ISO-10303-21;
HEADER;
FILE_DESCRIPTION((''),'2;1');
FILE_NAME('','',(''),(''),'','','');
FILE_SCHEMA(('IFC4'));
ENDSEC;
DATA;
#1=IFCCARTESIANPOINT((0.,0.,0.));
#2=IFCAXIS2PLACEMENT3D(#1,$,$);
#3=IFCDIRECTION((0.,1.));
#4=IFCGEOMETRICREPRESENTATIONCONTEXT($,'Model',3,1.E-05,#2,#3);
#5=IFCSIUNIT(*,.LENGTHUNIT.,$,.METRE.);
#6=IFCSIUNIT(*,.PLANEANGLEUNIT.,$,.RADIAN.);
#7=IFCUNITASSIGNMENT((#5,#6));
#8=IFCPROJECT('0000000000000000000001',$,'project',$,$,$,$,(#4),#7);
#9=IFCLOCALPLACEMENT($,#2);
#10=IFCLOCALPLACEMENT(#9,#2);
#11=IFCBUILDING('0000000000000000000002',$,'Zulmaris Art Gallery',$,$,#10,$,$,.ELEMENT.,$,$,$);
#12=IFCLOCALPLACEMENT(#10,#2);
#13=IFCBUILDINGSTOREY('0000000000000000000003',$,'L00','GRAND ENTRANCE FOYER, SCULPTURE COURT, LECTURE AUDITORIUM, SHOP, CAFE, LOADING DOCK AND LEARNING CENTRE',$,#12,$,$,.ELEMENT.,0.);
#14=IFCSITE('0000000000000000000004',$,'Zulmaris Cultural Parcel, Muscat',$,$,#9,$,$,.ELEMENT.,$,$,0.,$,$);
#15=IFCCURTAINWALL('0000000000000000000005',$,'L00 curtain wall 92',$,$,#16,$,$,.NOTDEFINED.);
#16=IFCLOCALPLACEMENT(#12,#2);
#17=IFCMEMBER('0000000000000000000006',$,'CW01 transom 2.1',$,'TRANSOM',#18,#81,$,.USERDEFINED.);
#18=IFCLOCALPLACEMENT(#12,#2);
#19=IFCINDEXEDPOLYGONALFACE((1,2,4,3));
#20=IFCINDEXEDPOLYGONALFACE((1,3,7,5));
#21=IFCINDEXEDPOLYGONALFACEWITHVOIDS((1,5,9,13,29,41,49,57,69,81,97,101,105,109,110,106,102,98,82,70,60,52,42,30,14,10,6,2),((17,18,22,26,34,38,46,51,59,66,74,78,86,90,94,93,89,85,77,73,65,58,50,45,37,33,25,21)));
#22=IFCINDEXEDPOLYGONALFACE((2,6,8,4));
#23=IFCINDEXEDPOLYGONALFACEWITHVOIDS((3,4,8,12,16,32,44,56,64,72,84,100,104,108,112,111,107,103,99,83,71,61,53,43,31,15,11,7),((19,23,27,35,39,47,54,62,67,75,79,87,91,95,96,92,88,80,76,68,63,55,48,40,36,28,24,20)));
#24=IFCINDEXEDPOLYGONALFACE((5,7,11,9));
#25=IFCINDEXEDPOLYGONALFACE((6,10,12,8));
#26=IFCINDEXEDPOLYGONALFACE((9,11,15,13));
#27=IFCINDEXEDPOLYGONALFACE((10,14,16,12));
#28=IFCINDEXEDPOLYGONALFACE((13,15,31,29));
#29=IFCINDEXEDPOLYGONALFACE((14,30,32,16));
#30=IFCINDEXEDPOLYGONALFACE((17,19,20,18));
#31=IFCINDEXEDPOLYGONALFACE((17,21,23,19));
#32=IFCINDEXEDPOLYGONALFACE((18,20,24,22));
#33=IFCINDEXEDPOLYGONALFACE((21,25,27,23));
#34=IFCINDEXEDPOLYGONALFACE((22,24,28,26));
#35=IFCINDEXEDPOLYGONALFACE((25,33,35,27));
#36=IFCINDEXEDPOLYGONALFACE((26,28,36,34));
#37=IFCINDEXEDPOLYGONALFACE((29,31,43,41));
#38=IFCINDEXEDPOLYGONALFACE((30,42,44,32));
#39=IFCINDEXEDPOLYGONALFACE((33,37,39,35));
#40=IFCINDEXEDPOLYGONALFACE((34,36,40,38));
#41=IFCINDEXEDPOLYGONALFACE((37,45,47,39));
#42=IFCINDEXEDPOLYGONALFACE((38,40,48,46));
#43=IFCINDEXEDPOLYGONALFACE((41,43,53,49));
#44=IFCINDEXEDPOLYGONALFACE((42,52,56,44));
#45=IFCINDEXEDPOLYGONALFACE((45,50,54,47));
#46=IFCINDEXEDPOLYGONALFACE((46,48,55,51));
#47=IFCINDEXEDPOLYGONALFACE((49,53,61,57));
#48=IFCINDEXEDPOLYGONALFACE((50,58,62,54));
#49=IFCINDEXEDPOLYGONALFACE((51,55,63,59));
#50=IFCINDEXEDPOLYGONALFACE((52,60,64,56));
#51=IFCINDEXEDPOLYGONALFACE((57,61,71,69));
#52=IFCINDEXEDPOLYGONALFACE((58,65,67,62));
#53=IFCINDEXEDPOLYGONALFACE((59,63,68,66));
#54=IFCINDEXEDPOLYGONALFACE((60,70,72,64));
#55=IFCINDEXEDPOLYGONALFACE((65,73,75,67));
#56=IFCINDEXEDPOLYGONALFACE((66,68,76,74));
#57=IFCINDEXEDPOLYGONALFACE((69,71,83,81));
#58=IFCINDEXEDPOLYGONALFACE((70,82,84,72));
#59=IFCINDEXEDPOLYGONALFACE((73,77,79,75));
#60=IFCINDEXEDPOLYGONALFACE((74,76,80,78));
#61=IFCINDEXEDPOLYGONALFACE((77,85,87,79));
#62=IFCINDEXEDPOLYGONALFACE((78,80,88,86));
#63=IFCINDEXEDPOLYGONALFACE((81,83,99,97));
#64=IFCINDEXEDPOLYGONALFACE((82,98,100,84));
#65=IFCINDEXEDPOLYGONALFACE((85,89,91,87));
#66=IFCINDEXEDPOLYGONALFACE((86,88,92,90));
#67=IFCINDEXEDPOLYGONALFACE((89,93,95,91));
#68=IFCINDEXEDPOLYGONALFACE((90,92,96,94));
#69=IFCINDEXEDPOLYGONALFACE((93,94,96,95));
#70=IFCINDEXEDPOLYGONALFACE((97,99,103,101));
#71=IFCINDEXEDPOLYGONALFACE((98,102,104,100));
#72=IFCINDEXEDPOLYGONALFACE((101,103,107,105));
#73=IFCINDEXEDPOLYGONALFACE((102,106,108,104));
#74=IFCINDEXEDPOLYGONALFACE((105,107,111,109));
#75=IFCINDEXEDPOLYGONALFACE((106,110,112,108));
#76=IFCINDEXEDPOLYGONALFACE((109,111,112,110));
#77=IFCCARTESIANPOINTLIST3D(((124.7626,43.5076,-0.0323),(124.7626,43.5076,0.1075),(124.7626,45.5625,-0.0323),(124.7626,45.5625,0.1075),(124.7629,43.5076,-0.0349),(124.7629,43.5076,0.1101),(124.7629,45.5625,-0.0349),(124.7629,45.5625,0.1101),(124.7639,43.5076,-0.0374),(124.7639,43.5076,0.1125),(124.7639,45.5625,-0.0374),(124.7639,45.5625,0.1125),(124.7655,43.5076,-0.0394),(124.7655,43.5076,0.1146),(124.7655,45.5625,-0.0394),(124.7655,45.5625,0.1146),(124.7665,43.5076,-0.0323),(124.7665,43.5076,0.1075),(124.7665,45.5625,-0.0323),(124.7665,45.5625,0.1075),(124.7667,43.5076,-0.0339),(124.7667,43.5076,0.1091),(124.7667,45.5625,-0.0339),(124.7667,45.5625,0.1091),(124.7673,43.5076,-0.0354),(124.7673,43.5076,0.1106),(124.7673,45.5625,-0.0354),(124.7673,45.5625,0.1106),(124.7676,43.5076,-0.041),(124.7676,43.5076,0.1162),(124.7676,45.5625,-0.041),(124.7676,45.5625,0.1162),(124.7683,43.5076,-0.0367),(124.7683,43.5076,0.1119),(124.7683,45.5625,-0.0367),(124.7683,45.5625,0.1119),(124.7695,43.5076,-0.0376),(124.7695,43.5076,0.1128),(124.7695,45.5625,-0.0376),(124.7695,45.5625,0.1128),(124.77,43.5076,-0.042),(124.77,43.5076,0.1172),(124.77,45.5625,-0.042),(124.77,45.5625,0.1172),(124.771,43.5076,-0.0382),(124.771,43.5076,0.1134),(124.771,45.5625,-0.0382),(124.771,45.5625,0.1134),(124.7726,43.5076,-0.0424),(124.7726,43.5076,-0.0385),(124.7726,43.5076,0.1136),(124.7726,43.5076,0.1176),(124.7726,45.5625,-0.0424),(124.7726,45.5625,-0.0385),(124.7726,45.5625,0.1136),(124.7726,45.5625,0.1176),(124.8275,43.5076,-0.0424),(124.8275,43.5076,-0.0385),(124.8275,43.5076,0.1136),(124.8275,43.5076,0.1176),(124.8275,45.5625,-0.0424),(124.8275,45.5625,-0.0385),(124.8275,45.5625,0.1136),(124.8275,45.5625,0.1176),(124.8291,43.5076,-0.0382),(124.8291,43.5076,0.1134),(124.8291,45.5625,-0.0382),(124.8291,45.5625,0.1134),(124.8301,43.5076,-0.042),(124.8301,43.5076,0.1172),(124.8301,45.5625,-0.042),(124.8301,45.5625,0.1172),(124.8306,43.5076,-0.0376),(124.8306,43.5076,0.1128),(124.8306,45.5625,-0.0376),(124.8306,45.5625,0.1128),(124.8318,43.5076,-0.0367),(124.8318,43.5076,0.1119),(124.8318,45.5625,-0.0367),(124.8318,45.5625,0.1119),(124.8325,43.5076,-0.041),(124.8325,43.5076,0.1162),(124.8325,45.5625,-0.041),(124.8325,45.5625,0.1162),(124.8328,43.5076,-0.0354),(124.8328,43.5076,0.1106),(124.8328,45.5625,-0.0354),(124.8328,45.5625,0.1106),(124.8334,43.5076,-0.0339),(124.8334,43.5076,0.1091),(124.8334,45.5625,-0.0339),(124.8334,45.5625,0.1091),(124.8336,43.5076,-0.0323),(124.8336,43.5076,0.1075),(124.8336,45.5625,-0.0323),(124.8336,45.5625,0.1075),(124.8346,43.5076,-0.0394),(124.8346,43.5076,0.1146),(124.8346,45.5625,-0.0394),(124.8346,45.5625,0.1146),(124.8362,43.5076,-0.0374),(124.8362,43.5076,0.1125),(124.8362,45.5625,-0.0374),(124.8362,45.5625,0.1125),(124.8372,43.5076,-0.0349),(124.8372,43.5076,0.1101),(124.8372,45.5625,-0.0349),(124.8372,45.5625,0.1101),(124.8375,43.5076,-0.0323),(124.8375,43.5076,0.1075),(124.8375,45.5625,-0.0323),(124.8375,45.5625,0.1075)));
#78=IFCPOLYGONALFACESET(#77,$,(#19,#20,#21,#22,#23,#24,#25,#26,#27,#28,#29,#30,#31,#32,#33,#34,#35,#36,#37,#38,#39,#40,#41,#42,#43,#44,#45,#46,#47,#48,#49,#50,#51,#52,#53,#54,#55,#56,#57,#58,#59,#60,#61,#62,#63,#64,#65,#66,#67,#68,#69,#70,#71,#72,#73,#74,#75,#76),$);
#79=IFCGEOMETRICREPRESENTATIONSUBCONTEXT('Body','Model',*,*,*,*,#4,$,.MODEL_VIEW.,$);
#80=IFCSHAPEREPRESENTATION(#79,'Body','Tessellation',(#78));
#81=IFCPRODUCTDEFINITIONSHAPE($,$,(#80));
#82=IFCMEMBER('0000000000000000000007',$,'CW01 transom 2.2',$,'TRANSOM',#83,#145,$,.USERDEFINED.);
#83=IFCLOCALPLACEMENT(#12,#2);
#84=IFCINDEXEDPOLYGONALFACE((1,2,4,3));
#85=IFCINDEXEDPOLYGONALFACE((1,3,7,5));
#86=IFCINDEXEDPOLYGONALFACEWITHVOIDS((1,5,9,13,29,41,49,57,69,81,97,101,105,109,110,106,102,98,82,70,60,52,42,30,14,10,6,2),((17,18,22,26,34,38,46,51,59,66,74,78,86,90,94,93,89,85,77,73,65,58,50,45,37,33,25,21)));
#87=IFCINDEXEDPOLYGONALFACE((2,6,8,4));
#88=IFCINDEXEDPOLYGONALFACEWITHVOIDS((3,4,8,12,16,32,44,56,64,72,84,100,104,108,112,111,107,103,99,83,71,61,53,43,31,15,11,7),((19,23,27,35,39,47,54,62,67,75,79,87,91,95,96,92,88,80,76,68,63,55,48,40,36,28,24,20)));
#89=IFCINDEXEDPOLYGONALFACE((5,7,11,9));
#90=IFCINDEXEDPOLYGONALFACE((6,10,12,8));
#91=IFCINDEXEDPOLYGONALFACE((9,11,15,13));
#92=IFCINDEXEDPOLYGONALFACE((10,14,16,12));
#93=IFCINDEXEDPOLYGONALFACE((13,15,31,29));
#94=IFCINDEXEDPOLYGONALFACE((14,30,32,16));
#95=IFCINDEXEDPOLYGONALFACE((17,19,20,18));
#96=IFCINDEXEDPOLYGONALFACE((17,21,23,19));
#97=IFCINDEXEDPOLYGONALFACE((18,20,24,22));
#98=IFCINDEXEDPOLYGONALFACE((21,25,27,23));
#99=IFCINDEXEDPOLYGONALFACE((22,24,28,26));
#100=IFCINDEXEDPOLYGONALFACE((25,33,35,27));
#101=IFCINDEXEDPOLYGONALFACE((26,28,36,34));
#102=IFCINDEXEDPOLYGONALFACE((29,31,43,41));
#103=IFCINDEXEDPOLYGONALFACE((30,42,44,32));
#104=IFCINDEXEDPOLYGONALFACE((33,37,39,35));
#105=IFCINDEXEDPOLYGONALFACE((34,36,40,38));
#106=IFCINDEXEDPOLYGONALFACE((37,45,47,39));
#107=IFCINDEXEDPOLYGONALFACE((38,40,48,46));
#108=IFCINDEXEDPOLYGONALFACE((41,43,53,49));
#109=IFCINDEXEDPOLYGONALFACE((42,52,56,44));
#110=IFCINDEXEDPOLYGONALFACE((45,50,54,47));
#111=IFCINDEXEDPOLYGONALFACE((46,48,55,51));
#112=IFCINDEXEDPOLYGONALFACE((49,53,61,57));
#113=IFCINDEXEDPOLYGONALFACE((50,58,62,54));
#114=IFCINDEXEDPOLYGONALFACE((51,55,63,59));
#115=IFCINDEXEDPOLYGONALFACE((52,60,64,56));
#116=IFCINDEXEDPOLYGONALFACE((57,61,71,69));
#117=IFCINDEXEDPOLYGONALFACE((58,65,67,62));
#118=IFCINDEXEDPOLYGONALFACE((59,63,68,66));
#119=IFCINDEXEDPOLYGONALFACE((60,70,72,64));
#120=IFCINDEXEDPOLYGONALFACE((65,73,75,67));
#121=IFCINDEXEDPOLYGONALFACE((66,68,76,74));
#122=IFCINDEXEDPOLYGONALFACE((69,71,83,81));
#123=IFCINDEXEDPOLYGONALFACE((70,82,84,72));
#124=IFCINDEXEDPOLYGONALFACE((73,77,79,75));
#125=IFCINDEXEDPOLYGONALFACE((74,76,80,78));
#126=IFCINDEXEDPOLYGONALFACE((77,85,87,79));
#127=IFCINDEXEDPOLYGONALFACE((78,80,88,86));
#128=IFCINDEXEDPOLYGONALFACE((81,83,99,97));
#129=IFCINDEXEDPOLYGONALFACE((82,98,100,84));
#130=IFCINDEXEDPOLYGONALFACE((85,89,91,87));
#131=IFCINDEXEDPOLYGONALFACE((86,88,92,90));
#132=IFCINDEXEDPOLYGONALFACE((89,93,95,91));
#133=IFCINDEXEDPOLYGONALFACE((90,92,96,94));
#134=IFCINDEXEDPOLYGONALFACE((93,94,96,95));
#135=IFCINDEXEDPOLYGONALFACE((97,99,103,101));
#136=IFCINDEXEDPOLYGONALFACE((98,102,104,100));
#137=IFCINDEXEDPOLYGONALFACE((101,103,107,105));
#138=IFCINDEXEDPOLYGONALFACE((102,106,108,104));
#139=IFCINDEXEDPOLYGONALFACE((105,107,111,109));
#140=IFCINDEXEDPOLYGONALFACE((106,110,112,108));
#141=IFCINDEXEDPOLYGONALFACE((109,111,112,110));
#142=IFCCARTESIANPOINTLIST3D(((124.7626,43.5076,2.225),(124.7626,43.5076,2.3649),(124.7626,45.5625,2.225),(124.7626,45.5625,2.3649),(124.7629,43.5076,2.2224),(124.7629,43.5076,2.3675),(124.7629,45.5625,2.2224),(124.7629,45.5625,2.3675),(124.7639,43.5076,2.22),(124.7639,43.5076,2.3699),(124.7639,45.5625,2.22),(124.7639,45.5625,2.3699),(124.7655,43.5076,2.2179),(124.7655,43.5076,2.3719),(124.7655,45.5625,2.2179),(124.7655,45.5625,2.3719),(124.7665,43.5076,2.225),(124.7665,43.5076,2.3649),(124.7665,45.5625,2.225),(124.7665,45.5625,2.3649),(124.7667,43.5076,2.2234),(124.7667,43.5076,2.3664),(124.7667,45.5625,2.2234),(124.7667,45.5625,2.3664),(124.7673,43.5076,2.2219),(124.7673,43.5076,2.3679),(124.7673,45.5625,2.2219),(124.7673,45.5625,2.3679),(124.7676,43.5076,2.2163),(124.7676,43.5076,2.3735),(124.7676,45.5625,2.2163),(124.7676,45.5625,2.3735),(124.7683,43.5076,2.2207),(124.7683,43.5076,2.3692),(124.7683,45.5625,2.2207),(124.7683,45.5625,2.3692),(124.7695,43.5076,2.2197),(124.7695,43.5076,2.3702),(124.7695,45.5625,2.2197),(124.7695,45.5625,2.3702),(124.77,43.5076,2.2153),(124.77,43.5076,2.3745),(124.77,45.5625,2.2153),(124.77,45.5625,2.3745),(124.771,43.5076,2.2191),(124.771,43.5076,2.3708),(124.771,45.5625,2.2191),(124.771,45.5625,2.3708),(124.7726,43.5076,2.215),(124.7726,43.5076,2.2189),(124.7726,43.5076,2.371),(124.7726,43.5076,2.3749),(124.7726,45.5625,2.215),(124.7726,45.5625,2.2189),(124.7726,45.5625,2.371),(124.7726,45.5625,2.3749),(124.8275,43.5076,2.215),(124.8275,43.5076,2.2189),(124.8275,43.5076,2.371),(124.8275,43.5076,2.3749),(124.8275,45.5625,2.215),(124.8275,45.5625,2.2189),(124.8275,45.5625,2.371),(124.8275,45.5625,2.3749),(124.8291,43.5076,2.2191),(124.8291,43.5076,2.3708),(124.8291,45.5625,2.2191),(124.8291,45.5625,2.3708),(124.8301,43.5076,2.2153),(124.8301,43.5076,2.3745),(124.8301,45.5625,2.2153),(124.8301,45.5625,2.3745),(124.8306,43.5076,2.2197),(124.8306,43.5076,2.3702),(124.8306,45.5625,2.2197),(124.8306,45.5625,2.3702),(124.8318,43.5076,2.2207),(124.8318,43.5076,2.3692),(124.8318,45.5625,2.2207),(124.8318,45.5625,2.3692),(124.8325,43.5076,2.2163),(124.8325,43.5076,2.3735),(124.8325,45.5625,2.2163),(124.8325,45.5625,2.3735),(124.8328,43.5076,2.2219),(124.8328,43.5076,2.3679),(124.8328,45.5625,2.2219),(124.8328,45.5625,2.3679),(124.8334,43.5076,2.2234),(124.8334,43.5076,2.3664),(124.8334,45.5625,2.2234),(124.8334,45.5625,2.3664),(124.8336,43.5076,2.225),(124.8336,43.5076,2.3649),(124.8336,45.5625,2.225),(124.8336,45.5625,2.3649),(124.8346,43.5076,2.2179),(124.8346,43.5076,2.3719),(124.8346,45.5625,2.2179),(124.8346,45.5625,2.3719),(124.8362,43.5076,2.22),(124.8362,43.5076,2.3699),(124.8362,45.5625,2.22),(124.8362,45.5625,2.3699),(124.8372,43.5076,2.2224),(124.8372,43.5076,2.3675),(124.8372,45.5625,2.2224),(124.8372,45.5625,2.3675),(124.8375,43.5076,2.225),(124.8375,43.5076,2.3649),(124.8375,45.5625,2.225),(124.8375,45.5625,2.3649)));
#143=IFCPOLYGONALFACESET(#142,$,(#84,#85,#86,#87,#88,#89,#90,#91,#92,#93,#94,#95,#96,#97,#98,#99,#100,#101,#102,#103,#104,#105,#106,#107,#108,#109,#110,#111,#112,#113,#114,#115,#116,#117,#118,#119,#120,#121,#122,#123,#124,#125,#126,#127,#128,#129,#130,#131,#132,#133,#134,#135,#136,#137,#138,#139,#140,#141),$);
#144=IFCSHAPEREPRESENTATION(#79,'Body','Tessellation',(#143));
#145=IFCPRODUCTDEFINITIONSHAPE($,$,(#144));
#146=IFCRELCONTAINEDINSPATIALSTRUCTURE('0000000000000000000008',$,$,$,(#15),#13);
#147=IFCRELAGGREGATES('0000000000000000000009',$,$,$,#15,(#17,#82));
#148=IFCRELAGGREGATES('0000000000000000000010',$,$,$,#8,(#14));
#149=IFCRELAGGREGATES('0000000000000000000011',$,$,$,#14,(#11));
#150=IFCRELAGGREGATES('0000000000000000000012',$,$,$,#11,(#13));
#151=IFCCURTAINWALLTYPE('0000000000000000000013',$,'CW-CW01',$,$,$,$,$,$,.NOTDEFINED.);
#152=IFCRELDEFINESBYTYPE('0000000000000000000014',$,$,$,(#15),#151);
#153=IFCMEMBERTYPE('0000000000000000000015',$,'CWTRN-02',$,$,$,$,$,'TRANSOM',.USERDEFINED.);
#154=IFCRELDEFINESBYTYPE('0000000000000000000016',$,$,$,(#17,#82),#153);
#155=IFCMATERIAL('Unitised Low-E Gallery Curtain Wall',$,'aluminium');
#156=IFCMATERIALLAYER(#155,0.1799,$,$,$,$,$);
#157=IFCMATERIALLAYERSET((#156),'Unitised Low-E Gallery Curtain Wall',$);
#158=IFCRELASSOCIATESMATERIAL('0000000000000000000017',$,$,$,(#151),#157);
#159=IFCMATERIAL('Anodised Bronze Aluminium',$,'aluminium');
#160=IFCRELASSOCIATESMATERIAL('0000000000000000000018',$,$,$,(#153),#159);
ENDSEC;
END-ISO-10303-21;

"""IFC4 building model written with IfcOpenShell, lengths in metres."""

from ifc_helpers import new_model, si_unit, direction, frame, origin, origin_2d, place, context, subcontext, project, spatial, hollow_rectangle, extrude, material, layer, layer_set, material_profile, profile_set, type_object, element, aggregate, save


model = new_model("IFC4")

# Units and contexts
model_context = context("Model", 3, precision=1e-05, world=origin(), true_north=direction((0.0, 1.0)))
body_context = subcontext(model_context, "Body", "Model", "MODEL_VIEW")
ifc_project = project(units=[si_unit("LENGTHUNIT", "METRE"), si_unit("PLANEANGLEUNIT", "RADIAN")], contexts=[model_context])

# Site, building, storey
site_placement = place(None, origin())
site = spatial("IfcSite", under=ifc_project, at=site_placement, Name="Zulmaris Cultural Parcel, Muscat", CompositionType="ELEMENT", RefElevation=0.0)
building_placement = place(site_placement, origin())
building = spatial("IfcBuilding", under=site, at=building_placement, Name="Zulmaris Art Gallery", CompositionType="ELEMENT")
storey_placement = place(building_placement, origin())
storey = spatial("IfcBuildingStorey", under=building, at=storey_placement, Name="L00", Description="GRAND ENTRANCE FOYER, SCULPTURE COURT, LECTURE AUDITORIUM, SHOP, CAFE, LOADING DOCK AND LEARNING CENTRE", CompositionType="ELEMENT", Elevation=0.0)

# Curtain wall
ifc_material_1 = material(Name="Unitised Low-E Gallery Curtain Wall", Category="aluminium")
ifc_layer_1 = layer(ifc_material_1, 0.1799)
ifc_layer_set_1 = layer_set([ifc_layer_1], Name="Unitised Low-E Gallery Curtain Wall")
curtain_wall_type = type_object("IfcCurtainWallType", Name="CW-CW01", PredefinedType="NOTDEFINED", material=ifc_layer_set_1)
curtain_wall_1_placement = place(storey_placement, origin())
curtain_wall_1 = element("IfcCurtainWall", 1, at=curtain_wall_1_placement, inside=storey, type_object=curtain_wall_type, Name="L00 curtain wall 92", PredefinedType="NOTDEFINED")
ifc_material_2 = material(Name="Anodised Bronze Aluminium", Category="aluminium")

# Members
ifc_material_profile_1 = material_profile(ifc_material_2, hollow_rectangle(XDim=0.075, YDim=0.1599, WallThickness=0.0039, InnerFilletRadius=0.0061, OuterFilletRadius=0.01, at=origin_2d()), Name="ALU 75x160x4")
ifc_profile_set_1 = profile_set([ifc_material_profile_1], Name="Anodised Bronze Aluminium")
member_type_1 = type_object("IfcMemberType", Name="CWTRN-02", ElementType="TRANSOM", PredefinedType="USERDEFINED", material=ifc_profile_set_1)
member_1_placement = place(storey_placement, frame((124.8, 43.5076, 0.0376), z_axis=(0.0, 1.0, 0.0), x_axis=(-1.0, 0.0, 0.0)))
member_1 = element("IfcMember", 2, at=member_1_placement, type_object=member_type_1, Name="CW01 transom 2.1", ObjectType="TRANSOM", PredefinedType="USERDEFINED", context=body_context, shape_type="SweptSolid", body=[
    extrude(hollow_rectangle(XDim=0.075, YDim=0.1599, WallThickness=0.0039, InnerFilletRadius=0.0061, OuterFilletRadius=0.01, at=origin_2d()), origin(), (0.0, 0.0, 1.0), 2.0549),
])
member_2_placement = place(storey_placement, frame((124.8, 43.5076, 2.2949), z_axis=(0.0, 1.0, 0.0), x_axis=(-1.0, 0.0, 0.0)))
member_2 = element("IfcMember", 3, at=member_2_placement, type_object=member_type_1, Name="CW01 transom 2.2", ObjectType="TRANSOM", PredefinedType="USERDEFINED", context=body_context, shape_type="SweptSolid", body=[
    extrude(hollow_rectangle(XDim=0.075, YDim=0.1599, WallThickness=0.0039, InnerFilletRadius=0.0061, OuterFilletRadius=0.01, at=origin_2d()), origin(), (0.0, 0.0, 1.0), 2.0549),
])

aggregate(curtain_wall_1, [member_1, member_2])

save(model, "model.ifc")
